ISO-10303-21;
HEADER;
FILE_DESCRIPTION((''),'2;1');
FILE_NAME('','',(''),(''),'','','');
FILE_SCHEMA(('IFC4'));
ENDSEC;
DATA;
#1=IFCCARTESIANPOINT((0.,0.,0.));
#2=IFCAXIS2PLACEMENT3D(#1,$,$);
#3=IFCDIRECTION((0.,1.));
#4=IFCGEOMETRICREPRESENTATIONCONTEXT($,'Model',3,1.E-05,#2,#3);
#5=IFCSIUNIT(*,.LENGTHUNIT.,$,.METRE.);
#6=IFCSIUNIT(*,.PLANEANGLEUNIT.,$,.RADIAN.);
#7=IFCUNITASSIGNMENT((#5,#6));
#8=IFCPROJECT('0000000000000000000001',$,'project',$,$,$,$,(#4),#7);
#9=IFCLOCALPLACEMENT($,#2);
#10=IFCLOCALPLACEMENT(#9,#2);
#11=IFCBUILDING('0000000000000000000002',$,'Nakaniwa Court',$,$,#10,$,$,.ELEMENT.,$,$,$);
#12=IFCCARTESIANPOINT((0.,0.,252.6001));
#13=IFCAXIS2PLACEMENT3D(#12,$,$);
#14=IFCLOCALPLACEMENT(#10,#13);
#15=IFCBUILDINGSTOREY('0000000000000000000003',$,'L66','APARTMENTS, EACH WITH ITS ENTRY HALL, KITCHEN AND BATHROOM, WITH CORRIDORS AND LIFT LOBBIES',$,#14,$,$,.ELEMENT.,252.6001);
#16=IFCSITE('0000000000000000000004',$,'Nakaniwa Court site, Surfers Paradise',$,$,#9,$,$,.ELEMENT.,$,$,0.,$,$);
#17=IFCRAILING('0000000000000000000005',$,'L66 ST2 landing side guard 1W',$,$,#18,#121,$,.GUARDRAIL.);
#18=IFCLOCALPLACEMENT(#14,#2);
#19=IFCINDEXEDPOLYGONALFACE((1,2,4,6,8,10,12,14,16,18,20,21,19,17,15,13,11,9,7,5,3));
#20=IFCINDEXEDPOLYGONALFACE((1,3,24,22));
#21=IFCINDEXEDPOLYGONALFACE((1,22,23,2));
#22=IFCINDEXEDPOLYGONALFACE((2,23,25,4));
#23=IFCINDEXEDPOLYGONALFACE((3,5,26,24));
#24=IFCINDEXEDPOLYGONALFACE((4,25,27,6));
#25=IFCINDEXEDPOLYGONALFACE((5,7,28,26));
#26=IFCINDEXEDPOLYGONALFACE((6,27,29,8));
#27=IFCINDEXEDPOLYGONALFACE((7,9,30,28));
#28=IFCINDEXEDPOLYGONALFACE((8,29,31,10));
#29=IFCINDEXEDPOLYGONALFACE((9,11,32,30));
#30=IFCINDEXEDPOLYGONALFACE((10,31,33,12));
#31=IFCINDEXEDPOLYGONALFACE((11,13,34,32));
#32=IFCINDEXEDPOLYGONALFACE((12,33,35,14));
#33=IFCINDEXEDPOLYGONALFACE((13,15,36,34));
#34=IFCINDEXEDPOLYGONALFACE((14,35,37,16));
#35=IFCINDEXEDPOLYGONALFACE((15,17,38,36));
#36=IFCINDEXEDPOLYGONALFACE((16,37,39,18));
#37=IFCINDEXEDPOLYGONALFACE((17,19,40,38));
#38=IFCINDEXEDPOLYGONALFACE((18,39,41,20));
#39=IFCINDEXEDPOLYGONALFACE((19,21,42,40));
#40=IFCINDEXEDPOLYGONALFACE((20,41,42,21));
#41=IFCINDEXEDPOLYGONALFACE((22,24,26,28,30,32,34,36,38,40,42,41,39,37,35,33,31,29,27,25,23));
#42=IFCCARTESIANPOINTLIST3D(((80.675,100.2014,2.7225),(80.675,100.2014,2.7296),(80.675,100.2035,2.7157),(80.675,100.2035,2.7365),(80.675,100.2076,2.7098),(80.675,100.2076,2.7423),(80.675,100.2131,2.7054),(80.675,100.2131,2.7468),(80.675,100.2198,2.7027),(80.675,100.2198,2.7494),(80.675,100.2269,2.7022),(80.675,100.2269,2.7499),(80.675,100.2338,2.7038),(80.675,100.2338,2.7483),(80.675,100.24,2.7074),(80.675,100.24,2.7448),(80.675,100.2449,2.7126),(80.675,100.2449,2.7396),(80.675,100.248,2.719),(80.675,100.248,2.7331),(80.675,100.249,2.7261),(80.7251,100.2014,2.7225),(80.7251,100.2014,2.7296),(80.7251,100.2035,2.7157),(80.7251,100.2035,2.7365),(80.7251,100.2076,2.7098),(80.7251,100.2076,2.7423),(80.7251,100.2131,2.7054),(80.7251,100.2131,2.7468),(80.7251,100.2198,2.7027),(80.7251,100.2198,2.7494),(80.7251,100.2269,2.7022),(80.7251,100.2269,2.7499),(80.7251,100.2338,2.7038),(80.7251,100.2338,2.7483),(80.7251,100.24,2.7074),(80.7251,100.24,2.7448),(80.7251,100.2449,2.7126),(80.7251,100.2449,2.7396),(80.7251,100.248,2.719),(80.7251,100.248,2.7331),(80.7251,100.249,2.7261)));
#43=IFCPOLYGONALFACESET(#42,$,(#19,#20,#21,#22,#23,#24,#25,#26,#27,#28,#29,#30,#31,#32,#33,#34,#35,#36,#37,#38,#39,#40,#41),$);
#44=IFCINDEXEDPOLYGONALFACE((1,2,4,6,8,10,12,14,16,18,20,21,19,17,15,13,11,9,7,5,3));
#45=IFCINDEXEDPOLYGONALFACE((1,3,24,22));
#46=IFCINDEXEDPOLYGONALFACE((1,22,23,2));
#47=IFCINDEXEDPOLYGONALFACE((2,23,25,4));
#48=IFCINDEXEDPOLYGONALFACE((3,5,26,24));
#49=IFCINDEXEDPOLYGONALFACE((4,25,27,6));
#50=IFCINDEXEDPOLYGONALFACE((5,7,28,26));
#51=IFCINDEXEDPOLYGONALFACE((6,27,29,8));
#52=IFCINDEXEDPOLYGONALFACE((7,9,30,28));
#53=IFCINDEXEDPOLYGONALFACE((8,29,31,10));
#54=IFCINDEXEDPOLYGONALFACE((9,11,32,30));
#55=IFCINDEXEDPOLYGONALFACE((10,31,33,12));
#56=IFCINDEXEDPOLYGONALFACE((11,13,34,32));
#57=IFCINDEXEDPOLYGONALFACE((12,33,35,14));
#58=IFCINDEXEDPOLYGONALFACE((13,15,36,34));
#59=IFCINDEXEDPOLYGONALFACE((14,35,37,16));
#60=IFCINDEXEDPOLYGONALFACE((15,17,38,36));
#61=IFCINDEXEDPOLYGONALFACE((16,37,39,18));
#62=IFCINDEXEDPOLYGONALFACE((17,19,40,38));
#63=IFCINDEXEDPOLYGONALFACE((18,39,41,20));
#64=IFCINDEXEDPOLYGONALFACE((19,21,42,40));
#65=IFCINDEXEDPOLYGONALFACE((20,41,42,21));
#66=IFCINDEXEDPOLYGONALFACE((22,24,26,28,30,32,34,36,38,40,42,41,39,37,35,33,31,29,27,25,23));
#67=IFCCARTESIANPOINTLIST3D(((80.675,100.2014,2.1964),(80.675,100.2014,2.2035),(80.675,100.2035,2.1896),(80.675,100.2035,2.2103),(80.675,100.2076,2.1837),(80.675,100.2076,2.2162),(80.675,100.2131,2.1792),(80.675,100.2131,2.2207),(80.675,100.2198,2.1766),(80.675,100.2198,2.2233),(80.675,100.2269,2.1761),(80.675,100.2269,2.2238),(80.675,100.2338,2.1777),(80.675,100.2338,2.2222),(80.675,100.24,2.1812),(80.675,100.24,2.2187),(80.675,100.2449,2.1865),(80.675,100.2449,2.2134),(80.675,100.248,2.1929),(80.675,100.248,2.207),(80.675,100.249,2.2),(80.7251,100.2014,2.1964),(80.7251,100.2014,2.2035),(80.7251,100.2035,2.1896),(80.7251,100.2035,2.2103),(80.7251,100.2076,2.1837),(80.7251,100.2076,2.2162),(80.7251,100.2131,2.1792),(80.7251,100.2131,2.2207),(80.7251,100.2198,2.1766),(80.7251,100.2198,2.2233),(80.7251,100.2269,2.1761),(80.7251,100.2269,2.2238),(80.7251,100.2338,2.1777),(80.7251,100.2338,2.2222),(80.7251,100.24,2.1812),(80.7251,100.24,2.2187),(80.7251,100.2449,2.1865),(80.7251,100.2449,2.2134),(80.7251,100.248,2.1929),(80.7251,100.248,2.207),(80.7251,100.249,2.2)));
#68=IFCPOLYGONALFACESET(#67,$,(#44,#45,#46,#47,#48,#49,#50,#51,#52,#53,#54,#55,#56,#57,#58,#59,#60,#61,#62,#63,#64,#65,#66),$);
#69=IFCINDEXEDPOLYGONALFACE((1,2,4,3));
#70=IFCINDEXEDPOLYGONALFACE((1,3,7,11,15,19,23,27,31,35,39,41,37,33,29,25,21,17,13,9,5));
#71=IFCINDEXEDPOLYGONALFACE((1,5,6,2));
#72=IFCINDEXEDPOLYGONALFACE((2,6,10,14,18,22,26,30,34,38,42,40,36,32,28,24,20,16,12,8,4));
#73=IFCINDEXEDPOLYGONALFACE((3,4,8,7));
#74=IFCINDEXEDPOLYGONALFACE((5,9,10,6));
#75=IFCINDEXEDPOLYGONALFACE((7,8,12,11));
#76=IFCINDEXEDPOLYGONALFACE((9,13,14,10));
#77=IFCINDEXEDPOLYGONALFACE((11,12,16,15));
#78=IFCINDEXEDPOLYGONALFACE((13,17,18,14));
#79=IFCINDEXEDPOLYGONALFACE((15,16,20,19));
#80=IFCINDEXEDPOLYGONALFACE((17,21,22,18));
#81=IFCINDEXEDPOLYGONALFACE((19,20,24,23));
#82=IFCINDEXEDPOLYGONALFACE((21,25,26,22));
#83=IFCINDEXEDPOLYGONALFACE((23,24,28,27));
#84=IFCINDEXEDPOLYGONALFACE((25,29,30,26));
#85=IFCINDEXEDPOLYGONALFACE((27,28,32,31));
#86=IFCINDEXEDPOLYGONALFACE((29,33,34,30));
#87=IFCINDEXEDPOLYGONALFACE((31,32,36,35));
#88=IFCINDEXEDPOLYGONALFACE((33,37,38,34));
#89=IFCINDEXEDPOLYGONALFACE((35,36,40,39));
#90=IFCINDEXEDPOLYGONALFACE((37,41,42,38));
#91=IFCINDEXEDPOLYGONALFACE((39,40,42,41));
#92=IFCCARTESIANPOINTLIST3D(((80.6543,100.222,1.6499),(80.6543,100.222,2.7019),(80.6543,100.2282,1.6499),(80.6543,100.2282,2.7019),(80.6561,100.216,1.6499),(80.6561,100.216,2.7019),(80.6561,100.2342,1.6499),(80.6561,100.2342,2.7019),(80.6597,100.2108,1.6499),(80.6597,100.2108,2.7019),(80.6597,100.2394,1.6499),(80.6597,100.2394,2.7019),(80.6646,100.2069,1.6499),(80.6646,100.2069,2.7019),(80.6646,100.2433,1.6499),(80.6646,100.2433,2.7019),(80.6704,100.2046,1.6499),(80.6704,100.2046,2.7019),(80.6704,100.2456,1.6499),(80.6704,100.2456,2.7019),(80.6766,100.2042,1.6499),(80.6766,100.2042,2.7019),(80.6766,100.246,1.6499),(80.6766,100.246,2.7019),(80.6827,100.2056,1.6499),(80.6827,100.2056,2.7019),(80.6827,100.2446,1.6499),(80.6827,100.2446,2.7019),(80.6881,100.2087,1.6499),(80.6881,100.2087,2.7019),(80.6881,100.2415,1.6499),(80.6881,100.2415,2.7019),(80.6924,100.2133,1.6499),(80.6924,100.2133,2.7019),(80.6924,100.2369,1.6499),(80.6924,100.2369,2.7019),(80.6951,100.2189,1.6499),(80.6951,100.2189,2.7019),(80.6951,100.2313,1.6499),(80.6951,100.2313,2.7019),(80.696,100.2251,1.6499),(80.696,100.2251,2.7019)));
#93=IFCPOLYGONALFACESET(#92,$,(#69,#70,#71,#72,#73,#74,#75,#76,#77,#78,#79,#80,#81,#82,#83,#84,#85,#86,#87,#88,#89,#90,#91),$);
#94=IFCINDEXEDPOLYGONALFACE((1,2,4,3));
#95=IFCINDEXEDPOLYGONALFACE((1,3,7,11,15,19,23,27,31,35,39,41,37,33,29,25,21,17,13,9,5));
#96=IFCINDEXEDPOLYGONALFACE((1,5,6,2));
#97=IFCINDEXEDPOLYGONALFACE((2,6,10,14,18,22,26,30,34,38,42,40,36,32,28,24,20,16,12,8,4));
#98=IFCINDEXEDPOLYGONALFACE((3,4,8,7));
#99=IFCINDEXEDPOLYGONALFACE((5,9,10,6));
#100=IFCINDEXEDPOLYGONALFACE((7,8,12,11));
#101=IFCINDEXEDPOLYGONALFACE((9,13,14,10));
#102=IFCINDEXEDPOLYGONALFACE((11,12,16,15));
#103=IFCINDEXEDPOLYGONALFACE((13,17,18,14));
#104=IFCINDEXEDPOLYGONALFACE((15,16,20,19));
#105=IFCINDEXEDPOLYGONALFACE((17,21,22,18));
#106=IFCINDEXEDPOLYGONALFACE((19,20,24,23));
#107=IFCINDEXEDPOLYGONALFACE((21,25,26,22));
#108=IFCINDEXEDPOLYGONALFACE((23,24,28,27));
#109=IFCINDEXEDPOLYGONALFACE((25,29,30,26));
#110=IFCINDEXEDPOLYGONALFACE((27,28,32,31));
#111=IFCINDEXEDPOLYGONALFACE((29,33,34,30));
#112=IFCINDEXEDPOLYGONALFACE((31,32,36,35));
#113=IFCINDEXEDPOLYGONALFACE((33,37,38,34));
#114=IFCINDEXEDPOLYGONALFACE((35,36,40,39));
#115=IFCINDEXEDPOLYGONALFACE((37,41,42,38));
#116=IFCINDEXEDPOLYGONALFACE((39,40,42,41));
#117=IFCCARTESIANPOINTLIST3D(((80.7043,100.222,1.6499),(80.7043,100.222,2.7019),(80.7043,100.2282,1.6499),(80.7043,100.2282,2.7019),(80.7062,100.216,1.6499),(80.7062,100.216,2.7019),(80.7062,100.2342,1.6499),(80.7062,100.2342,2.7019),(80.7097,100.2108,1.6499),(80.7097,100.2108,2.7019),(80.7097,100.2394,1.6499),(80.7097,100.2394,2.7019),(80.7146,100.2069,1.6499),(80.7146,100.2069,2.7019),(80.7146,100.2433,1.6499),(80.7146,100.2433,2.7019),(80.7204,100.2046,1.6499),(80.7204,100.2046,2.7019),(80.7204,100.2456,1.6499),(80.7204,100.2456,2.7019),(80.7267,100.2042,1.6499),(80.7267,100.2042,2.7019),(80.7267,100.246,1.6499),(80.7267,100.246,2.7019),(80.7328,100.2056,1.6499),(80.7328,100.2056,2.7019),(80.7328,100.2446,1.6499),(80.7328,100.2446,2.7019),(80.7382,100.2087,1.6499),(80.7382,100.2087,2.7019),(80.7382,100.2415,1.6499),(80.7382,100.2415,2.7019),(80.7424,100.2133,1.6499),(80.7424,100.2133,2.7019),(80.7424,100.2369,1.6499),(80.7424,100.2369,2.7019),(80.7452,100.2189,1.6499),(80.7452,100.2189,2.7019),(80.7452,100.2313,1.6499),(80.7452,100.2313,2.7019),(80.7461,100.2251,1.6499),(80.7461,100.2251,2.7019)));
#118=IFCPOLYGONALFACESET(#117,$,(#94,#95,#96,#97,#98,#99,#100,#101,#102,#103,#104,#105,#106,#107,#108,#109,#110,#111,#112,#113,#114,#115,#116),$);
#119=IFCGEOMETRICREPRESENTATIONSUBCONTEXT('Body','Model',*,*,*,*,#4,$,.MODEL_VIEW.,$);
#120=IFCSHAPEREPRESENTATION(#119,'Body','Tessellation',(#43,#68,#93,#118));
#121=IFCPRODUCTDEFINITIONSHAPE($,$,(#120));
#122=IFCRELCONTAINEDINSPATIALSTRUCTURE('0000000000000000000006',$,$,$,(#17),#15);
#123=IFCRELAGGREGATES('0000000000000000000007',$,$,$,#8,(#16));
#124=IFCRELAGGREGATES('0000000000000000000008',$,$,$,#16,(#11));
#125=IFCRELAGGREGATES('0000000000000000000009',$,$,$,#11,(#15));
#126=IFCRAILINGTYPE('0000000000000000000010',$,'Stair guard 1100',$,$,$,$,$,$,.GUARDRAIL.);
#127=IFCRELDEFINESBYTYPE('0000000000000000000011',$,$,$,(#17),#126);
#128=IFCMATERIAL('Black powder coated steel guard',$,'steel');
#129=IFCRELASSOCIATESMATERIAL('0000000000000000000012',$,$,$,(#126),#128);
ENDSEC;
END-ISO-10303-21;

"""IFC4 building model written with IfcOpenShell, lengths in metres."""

from ifc_helpers import new_model, si_unit, direction, frame, origin, origin_2d, place, context, subcontext, project, spatial, circle, extrude, material, type_object, element, save


model = new_model("IFC4")

# Units and contexts
model_context = context("Model", 3, precision=1e-05, world=origin(), true_north=direction((0.0, 1.0)))
body_context = subcontext(model_context, "Body", "Model", "MODEL_VIEW")
ifc_project = project(units=[si_unit("LENGTHUNIT", "METRE"), si_unit("PLANEANGLEUNIT", "RADIAN")], contexts=[model_context])

# Site, building, storey
site_placement = place(None, origin())
site = spatial("IfcSite", under=ifc_project, at=site_placement, Name="Nakaniwa Court site, Surfers Paradise", CompositionType="ELEMENT", RefElevation=0.0)
building_placement = place(site_placement, origin())
building = spatial("IfcBuilding", under=site, at=building_placement, Name="Nakaniwa Court", CompositionType="ELEMENT")
storey_placement = place(building_placement, frame((0.0, 0.0, 252.6001)))
storey = spatial("IfcBuildingStorey", under=building, at=storey_placement, Name="L66", Description="APARTMENTS, EACH WITH ITS ENTRY HALL, KITCHEN AND BATHROOM, WITH CORRIDORS AND LIFT LOBBIES", CompositionType="ELEMENT", Elevation=252.6001)

# Railing
ifc_material_1 = material(Name="Black powder coated steel guard", Category="steel")
railing_type_1 = type_object("IfcRailingType", Name="Stair guard 1100", PredefinedType="GUARDRAIL", material=ifc_material_1)
for number, where, name in (
    (1, (80.675, 100.2251, 1.6499), "L66 ST2 landing side guard 1W"),
):
    element("IfcRailing", number, at=place(storey_placement, frame(where)), inside=storey, type_object=railing_type_1, Name=name, PredefinedType="GUARDRAIL", context=body_context, shape_type="SweptSolid", body=[
        extrude(circle(Radius=0.0239, at=origin_2d()), frame((0.0, 0.0, 1.0762), z_axis=(1.0, 0.0, 0.0), x_axis=(0.0, 1.0, 0.0)), (0.0, 0.0, 1.0), 0.05),
        extrude(circle(Radius=0.0239, at=origin_2d()), frame((0.0, 0.0, 0.55), z_axis=(1.0, 0.0, 0.0), x_axis=(0.0, 1.0, 0.0)), (0.0, 0.0, 1.0), 0.05),
        extrude(circle(Radius=0.021, at=origin_2d()), origin(), (0.0, 0.0, 1.0), 1.052),
        extrude(circle(Radius=0.021, at=origin_2d()), frame((0.05, 0.0, 0.0)), (0.0, 0.0, 1.0), 1.052),
    ])

save(model, "model.ifc")
